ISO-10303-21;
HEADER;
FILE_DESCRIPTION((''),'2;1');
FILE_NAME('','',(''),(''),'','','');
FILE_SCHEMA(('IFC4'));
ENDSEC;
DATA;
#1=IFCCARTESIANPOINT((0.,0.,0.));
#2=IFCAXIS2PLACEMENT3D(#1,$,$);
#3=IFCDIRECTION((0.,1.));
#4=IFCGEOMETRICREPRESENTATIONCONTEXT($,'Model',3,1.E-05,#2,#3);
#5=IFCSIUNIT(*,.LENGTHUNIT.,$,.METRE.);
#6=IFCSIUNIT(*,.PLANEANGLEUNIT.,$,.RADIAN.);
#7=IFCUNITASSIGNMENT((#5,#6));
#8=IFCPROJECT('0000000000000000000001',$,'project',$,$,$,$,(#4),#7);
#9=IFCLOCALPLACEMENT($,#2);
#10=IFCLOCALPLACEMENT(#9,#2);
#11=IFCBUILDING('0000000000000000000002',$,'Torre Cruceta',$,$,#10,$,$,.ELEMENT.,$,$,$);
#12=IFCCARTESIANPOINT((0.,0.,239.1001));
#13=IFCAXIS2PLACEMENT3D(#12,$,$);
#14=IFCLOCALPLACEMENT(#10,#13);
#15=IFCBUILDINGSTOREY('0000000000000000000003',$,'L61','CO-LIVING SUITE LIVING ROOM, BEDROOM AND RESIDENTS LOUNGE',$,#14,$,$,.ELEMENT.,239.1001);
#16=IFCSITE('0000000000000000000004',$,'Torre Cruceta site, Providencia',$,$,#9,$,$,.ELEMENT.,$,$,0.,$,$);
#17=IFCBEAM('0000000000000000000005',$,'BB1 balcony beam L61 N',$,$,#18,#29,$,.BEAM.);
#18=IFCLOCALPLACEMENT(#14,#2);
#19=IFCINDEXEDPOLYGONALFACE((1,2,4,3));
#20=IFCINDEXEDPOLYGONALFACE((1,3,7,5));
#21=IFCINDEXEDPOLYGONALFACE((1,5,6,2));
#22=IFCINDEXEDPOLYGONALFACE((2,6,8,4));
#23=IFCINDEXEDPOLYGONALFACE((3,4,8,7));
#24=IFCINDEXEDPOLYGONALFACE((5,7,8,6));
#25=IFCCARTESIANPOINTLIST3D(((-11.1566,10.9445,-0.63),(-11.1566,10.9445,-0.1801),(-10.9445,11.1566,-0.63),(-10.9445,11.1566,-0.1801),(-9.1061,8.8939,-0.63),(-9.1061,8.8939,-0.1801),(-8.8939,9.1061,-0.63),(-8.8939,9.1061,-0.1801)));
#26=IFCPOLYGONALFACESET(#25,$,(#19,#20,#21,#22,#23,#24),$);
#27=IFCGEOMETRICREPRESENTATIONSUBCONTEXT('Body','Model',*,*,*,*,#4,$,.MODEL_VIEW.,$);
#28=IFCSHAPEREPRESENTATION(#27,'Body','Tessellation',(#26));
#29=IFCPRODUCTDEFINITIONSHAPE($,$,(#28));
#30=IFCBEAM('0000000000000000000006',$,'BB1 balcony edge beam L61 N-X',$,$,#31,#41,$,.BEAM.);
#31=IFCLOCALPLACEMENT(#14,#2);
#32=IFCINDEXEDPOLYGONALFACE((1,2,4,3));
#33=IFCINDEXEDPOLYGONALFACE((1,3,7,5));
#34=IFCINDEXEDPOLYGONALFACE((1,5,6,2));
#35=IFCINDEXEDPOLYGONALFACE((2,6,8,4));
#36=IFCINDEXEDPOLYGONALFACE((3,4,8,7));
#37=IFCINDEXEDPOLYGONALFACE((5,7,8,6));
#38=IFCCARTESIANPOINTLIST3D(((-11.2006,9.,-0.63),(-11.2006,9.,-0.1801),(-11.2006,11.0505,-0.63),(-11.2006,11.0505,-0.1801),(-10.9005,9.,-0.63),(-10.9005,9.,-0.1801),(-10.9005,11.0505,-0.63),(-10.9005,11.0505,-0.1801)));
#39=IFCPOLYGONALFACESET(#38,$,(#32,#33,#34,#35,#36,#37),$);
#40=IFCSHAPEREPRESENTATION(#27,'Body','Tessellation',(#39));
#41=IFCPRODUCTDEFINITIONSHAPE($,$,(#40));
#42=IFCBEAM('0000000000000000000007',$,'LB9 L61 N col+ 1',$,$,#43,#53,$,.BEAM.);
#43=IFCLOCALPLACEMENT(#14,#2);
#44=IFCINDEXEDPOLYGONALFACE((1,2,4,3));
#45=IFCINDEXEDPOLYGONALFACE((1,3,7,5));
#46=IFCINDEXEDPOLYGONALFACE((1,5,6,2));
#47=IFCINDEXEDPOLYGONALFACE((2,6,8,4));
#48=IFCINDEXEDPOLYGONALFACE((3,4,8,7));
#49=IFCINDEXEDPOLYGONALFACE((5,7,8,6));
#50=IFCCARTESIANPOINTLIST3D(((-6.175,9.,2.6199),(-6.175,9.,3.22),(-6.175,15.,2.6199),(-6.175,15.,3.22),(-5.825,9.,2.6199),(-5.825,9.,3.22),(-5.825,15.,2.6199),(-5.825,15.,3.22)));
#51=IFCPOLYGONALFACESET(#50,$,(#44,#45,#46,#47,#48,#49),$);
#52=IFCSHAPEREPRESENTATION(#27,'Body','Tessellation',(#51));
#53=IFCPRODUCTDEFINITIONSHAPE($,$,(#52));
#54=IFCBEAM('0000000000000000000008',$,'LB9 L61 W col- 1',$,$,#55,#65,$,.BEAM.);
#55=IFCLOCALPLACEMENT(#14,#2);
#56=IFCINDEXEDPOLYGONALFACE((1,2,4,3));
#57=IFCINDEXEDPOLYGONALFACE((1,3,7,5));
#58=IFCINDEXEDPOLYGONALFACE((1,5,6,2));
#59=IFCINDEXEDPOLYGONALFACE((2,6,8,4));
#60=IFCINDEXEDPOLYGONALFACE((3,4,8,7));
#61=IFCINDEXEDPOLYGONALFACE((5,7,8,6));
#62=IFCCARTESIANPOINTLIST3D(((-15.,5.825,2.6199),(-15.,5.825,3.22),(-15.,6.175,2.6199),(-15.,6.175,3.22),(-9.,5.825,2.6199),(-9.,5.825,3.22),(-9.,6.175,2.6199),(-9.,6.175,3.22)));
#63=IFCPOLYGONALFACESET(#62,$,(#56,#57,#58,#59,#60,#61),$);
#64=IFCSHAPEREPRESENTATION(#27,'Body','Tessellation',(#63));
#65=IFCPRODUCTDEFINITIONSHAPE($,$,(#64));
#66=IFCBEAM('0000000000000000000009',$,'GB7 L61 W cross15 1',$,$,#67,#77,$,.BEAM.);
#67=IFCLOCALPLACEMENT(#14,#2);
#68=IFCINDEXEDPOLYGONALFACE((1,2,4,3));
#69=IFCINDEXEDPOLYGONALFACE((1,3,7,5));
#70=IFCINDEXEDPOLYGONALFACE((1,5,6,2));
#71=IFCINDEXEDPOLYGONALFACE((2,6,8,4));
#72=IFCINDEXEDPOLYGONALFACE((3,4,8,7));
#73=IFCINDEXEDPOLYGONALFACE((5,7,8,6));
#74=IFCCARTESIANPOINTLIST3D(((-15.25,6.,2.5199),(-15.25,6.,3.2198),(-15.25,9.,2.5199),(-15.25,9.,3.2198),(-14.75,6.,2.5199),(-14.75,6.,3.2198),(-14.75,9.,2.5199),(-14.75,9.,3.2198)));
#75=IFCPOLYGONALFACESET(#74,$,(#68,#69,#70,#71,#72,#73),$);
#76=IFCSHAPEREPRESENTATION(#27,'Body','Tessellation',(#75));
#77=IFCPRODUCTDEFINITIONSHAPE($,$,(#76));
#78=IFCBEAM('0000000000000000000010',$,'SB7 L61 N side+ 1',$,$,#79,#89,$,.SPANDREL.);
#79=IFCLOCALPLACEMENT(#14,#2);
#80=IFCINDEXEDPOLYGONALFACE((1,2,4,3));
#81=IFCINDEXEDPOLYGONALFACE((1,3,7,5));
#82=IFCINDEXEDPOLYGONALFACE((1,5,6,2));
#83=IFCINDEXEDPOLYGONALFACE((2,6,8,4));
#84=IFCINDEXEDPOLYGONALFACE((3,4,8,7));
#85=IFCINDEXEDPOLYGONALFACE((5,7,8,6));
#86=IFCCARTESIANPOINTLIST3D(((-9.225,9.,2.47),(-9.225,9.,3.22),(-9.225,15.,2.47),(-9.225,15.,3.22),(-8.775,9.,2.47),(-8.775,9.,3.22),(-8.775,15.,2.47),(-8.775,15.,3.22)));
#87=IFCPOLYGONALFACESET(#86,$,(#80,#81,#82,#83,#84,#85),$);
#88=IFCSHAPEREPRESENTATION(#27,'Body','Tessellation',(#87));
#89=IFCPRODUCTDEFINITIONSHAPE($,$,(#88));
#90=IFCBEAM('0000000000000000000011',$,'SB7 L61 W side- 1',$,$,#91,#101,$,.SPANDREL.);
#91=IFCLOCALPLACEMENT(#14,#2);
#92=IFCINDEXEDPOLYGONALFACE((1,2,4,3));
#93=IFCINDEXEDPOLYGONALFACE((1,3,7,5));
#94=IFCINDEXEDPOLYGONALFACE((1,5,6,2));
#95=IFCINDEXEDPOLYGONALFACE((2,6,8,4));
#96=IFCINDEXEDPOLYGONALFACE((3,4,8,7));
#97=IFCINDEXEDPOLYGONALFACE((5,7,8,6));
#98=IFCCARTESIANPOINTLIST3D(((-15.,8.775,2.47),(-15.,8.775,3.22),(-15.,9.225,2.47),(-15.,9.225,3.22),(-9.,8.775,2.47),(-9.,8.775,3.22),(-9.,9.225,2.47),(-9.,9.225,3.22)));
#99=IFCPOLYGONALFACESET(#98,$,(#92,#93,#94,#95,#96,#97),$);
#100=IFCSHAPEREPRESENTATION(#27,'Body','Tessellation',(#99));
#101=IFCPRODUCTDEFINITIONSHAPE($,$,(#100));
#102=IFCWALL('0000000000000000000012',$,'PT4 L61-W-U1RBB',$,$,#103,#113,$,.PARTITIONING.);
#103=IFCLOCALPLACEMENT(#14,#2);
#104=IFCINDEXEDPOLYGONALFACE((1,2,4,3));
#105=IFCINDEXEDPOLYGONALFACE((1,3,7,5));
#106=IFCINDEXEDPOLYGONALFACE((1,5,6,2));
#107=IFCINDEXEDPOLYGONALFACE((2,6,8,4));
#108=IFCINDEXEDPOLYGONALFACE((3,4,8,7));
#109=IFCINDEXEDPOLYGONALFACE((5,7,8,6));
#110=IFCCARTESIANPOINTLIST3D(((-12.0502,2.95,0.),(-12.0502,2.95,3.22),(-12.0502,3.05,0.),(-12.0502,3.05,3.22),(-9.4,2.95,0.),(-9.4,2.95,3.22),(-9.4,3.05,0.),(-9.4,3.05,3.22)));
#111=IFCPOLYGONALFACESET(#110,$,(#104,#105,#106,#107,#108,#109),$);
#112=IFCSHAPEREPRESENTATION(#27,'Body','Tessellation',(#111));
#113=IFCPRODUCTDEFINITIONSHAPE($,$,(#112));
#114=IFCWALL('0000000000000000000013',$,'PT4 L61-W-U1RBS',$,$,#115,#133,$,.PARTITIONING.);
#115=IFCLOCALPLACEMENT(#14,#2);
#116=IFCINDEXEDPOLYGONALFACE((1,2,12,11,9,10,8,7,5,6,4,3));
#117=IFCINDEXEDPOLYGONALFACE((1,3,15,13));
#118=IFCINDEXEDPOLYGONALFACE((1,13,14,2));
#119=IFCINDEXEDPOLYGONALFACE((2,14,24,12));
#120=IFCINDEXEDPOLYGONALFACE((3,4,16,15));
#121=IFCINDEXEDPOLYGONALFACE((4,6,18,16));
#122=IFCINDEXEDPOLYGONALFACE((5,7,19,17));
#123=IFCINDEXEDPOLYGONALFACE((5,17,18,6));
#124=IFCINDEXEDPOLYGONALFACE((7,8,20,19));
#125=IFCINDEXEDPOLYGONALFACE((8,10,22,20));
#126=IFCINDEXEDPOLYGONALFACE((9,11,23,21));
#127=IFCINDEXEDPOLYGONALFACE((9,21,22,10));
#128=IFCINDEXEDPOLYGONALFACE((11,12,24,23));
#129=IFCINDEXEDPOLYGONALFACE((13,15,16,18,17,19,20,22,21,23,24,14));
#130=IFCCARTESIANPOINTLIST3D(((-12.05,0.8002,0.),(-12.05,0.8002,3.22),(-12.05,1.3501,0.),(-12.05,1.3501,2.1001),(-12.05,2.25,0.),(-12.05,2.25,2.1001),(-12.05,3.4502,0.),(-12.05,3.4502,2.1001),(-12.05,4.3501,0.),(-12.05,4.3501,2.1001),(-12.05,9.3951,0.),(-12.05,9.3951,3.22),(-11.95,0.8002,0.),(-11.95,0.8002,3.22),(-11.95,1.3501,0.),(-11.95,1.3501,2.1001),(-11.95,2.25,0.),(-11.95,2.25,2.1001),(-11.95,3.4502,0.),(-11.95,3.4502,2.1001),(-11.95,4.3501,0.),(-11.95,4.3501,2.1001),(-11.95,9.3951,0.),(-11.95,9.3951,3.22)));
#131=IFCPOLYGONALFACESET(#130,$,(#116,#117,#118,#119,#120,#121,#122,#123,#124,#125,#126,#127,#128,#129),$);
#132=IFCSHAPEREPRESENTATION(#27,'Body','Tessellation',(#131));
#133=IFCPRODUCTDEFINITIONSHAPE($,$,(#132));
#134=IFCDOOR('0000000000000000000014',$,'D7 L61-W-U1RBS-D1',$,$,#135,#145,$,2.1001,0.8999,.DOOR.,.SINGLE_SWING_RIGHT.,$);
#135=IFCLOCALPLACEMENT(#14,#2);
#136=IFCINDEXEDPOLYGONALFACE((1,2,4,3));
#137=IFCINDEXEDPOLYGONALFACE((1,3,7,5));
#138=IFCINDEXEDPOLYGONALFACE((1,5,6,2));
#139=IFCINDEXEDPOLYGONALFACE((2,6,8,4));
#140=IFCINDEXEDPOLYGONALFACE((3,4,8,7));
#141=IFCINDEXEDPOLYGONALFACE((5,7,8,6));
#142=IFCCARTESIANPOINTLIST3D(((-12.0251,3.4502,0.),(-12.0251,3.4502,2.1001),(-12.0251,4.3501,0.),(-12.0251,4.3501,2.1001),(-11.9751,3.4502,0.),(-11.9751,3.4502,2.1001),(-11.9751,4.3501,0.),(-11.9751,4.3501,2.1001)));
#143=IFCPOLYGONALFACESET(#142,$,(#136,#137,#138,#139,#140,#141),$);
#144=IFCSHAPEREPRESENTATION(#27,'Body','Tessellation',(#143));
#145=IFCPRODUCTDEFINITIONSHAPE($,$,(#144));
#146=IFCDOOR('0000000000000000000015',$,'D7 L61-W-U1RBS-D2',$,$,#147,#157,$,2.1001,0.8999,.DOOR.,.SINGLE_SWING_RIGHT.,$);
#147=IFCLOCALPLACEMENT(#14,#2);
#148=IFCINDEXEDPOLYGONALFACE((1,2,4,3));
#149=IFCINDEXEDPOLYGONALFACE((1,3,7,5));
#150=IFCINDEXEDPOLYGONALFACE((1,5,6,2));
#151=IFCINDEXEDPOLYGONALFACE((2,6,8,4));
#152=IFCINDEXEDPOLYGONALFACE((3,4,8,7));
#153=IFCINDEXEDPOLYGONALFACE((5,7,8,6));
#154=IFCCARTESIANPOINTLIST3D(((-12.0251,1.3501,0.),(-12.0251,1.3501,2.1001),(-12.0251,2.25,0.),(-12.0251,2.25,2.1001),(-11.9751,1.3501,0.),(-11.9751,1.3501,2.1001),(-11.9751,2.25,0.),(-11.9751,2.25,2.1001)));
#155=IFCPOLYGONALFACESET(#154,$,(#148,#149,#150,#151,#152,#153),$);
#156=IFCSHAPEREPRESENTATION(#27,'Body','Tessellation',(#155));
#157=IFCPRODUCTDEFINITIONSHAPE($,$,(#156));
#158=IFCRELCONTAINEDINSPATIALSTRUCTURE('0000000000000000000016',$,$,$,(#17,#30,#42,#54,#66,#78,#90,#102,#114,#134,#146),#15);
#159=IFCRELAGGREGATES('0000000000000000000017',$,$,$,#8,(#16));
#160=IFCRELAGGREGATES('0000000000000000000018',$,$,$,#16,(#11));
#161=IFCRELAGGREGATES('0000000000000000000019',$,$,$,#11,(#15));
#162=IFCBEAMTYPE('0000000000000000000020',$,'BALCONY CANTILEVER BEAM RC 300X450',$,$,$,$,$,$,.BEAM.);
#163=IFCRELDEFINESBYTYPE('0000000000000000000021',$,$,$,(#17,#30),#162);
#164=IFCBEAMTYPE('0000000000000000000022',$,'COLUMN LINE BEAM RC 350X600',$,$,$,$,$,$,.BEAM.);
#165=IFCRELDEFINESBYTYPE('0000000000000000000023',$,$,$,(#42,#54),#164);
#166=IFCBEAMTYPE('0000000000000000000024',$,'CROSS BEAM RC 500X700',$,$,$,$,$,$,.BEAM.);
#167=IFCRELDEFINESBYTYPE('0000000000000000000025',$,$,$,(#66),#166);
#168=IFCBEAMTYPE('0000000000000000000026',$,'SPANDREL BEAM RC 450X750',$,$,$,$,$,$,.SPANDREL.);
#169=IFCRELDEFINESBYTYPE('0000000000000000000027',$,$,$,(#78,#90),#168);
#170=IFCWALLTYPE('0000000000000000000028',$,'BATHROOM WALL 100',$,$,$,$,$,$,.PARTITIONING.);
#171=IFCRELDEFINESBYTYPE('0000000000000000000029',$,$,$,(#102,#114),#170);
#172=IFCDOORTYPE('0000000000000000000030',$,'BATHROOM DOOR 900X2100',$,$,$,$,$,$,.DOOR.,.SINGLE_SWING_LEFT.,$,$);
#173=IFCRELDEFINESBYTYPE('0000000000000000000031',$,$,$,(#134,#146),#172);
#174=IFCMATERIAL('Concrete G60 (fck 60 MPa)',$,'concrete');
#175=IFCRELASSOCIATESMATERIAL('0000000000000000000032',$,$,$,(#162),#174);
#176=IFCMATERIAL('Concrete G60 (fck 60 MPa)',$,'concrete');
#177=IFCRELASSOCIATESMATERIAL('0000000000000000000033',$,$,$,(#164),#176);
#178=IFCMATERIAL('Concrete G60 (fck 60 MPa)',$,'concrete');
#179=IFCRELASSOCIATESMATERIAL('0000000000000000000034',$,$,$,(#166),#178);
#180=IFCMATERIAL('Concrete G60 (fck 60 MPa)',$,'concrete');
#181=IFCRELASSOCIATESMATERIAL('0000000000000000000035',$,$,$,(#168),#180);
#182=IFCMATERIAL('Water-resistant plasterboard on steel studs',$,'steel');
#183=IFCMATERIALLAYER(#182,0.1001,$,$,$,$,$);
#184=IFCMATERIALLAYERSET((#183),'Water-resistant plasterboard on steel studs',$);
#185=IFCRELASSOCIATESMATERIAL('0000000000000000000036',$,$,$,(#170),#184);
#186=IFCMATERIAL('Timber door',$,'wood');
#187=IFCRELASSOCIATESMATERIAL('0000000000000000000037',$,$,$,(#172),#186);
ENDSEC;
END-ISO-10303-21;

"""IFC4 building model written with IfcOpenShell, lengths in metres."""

from ifc_helpers import new_model, si_unit, direction, frame, frame_2d, origin, origin_2d, place, context, subcontext, project, spatial, rectangle, extrude, material, layer, layer_set, material_profile, profile_set, type_object, element, fill, save


model = new_model("IFC4")

# Units and contexts
model_context = context("Model", 3, precision=1e-05, world=origin(), true_north=direction((0.0, 1.0)))
body_context = subcontext(model_context, "Body", "Model", "MODEL_VIEW")
ifc_project = project(units=[si_unit("LENGTHUNIT", "METRE"), si_unit("PLANEANGLEUNIT", "RADIAN")], contexts=[model_context])

# Site, building, storey
site_placement = place(None, origin())
site = spatial("IfcSite", under=ifc_project, at=site_placement, Name="Torre Cruceta site, Providencia", CompositionType="ELEMENT", RefElevation=0.0)
building_placement = place(site_placement, origin())
building = spatial("IfcBuilding", under=site, at=building_placement, Name="Torre Cruceta", CompositionType="ELEMENT")
storey_placement = place(building_placement, frame((0.0, 0.0, 239.1001)))
storey = spatial("IfcBuildingStorey", under=building, at=storey_placement, Name="L61", Description="CO-LIVING SUITE LIVING ROOM, BEDROOM AND RESIDENTS LOUNGE", CompositionType="ELEMENT", Elevation=239.1001)

# Beams
ifc_material_1 = material(Name="Concrete G60 (fck 60 MPa)", Category="concrete")
ifc_material_profile_1 = material_profile(ifc_material_1, rectangle(XDim=0.3, YDim=0.45, at=origin_2d()), Name="RC 300X450")
ifc_profile_set_1 = profile_set([ifc_material_profile_1], Name="Concrete G60 (fck 60 MPa)")
beam_type_1 = type_object("IfcBeamType", Name="BALCONY CANTILEVER BEAM RC 300X450", PredefinedType="BEAM", material=ifc_profile_set_1)
beam_1_placement = place(storey_placement, frame((-9.0, 9.0, -0.405), z_axis=(-0.707107, 0.707107, 0.0), x_axis=(-0.707107, -0.707107, 0.0)))
element("IfcBeam", 1, at=beam_1_placement, inside=storey, type_object=beam_type_1, Name="BB1 balcony beam L61 N", PredefinedType="BEAM", context=body_context, shape_type="SweptSolid", body=[
    extrude(rectangle(XDim=0.3, YDim=0.45, at=origin_2d()), origin(), (0.0, 0.0, 1.0), 2.8999),
])
beam_2_placement = place(storey_placement, frame((-11.0505, 9.0, -0.405), z_axis=(0.0, 1.0, 0.0), x_axis=(-1.0, 0.0, 0.0)))
element("IfcBeam", 2, at=beam_2_placement, inside=storey, type_object=beam_type_1, Name="BB1 balcony edge beam L61 N-X", PredefinedType="BEAM", context=body_context, shape_type="SweptSolid", body=[
    extrude(rectangle(XDim=0.3, YDim=0.45, at=origin_2d()), origin(), (0.0, 0.0, 1.0), 2.0505),
])
ifc_material_2 = material(Name="Concrete G60 (fck 60 MPa)", Category="concrete")
ifc_material_profile_2 = material_profile(ifc_material_2, rectangle(XDim=0.3501, YDim=0.6001, at=origin_2d()), Name="RC 350X600")
ifc_profile_set_2 = profile_set([ifc_material_profile_2], Name="Concrete G60 (fck 60 MPa)")
beam_type_2 = type_object("IfcBeamType", Name="COLUMN LINE BEAM RC 350X600", PredefinedType="BEAM", material=ifc_profile_set_2)
for number, where, z_axis, x_axis, name in (
    (3, (-6.0, 9.0, 2.9199), (0.0, 1.0, 0.0), (-1.0, 0.0, 0.0), "LB9 L61 N col+ 1"),
    (4, (-9.0, 6.0, 2.9199), (-1.0, 0.0, 0.0), (0.0, -1.0, 0.0), "LB9 L61 W col- 1"),
):
    element("IfcBeam", number, at=place(storey_placement, frame(where, z_axis=z_axis, x_axis=x_axis)), inside=storey, type_object=beam_type_2, Name=name, PredefinedType="BEAM", context=body_context, shape_type="SweptSolid", body=[
        extrude(rectangle(XDim=0.3501, YDim=0.6001, at=origin_2d()), origin(), (0.0, 0.0, 1.0), 6.0),
    ])
ifc_material_3 = material(Name="Concrete G60 (fck 60 MPa)", Category="concrete")
ifc_material_profile_3 = material_profile(ifc_material_3, rectangle(XDim=0.5, YDim=0.7, at=origin_2d()), Name="RC 500X700")
ifc_profile_set_3 = profile_set([ifc_material_profile_3], Name="Concrete G60 (fck 60 MPa)")
beam_type_3 = type_object("IfcBeamType", Name="CROSS BEAM RC 500X700", PredefinedType="BEAM", material=ifc_profile_set_3)
beam_3_placement = place(storey_placement, frame((-15.0, 9.0, 2.8699), z_axis=(0.0, -1.0, 0.0), x_axis=(1.0, 0.0, 0.0)))
element("IfcBeam", 5, at=beam_3_placement, inside=storey, type_object=beam_type_3, Name="GB7 L61 W cross15 1", PredefinedType="BEAM", context=body_context, shape_type="SweptSolid", body=[
    extrude(rectangle(XDim=0.5, YDim=0.7, at=origin_2d()), origin(), (0.0, 0.0, 1.0), 3.0),
])
ifc_material_4 = material(Name="Concrete G60 (fck 60 MPa)", Category="concrete")
ifc_material_profile_4 = material_profile(ifc_material_4, rectangle(XDim=0.45, YDim=0.75, at=origin_2d()), Name="RC 450X750")
ifc_profile_set_4 = profile_set([ifc_material_profile_4], Name="Concrete G60 (fck 60 MPa)")
beam_type_4 = type_object("IfcBeamType", Name="SPANDREL BEAM RC 450X750", PredefinedType="SPANDREL", material=ifc_profile_set_4)
for number, where, z_axis, x_axis, name in (
    (6, (-9.0, 9.0, 2.845), (0.0, 1.0, 0.0), (-1.0, 0.0, 0.0), "SB7 L61 N side+ 1"),
    (7, (-9.0, 9.0, 2.845), (-1.0, 0.0, 0.0), (0.0, -1.0, 0.0), "SB7 L61 W side- 1"),
):
    element("IfcBeam", number, at=place(storey_placement, frame(where, z_axis=z_axis, x_axis=x_axis)), inside=storey, type_object=beam_type_4, Name=name, PredefinedType="SPANDREL", context=body_context, shape_type="SweptSolid", body=[
        extrude(rectangle(XDim=0.45, YDim=0.75, at=origin_2d()), origin(), (0.0, 0.0, 1.0), 6.0),
    ])

# Wall
ifc_material_5 = material(Name="Water-resistant plasterboard on steel studs", Category="steel")
ifc_layer_1 = layer(ifc_material_5, 0.1001)
ifc_layer_set_1 = layer_set([ifc_layer_1], Name="Water-resistant plasterboard on steel studs")
wall_type_1 = type_object("IfcWallType", Name="BATHROOM WALL 100", PredefinedType="PARTITIONING", material=ifc_layer_set_1)
wall_1_placement = place(storey_placement, frame((-9.3999, 3.0, 0.0), z_axis=(0.0, 0.0, 1.0), x_axis=(-1.0, 0.0, 0.0)))
element("IfcWall", 8, at=wall_1_placement, inside=storey, type_object=wall_type_1, Name="PT4 L61-W-U1RBB", PredefinedType="PARTITIONING", context=body_context, shape_type="SweptSolid", body=[
    extrude(rectangle(XDim=2.6501, YDim=0.1001, at=frame_2d((1.3252, 0.0))), origin(), (0.0, 0.0, 1.0), 3.22),
])

# Wall, openings, doors
wall_2_placement = place(storey_placement, frame((-12.0, 9.395, 0.0), z_axis=(0.0, 0.0, 1.0), x_axis=(0.0, -1.0, 0.0)))
wall_2 = element("IfcWall", 9, at=wall_2_placement, inside=storey, type_object=wall_type_1, Name="PT4 L61-W-U1RBS", PredefinedType="PARTITIONING", context=body_context, shape_type="SweptSolid", body=[
    extrude(rectangle(XDim=8.595, YDim=0.1001, at=frame_2d((4.2974, 0.0))), origin(), (0.0, 0.0, 1.0), 3.22),
])
opening_1_placement = place(wall_2_placement, frame((5.0449, 0.0, 0.0)))
opening_1 = element("IfcOpeningElement", 10, at=opening_1_placement, cuts=wall_2, PredefinedType="OPENING", context=body_context, shape_type="SweptSolid", body=[
    extrude(rectangle(XDim=0.8999, YDim=2.1001, at=frame_2d((0.45, 1.05))), frame((0.0, 0.0601, 0.0), z_axis=(0.0, -1.0, 0.0), x_axis=(1.0, 0.0, 0.0)), (0.0, 0.0, 1.0), 0.1201),
])
opening_2_placement = place(wall_2_placement, frame((7.145, 0.0, 0.0)))
opening_2 = element("IfcOpeningElement", 11, at=opening_2_placement, cuts=wall_2, PredefinedType="OPENING", context=body_context, shape_type="SweptSolid", body=[
    extrude(rectangle(XDim=0.8999, YDim=2.1001, at=frame_2d((0.45, 1.05))), frame((0.0, 0.0601, 0.0), z_axis=(0.0, -1.0, 0.0), x_axis=(1.0, 0.0, 0.0)), (0.0, 0.0, 1.0), 0.1201),
])
ifc_material_6 = material(Name="Timber door", Category="wood")
door_type_1 = type_object("IfcDoorType", Name="BATHROOM DOOR 900X2100", OperationType="SINGLE_SWING_LEFT", PredefinedType="DOOR", material=ifc_material_6)
door_1_placement = place(opening_1_placement, origin())
door_1 = element("IfcDoor", 12, at=door_1_placement, inside=storey, type_object=door_type_1, Name="D7 L61-W-U1RBS-D1", OperationType="SINGLE_SWING_RIGHT", OverallHeight=2.1001, OverallWidth=0.8999, PredefinedType="DOOR", context=body_context, shape_type="SweptSolid", body=[
    extrude(rectangle(XDim=0.8999, YDim=2.1001, at=frame_2d((0.45, 1.05))), frame((0.0, 0.0249, 0.0), z_axis=(0.0, -1.0, 0.0), x_axis=(1.0, 0.0, 0.0)), (0.0, 0.0, 1.0), 0.05),
])
fill(opening_1, door_1)
door_2_placement = place(opening_2_placement, origin())
door_2 = element("IfcDoor", 13, at=door_2_placement, inside=storey, type_object=door_type_1, Name="D7 L61-W-U1RBS-D2", OperationType="SINGLE_SWING_RIGHT", OverallHeight=2.1001, OverallWidth=0.8999, PredefinedType="DOOR", context=body_context, shape_type="SweptSolid", body=[
    extrude(rectangle(XDim=0.8999, YDim=2.1001, at=frame_2d((0.45, 1.05))), frame((0.0, 0.0249, 0.0), z_axis=(0.0, -1.0, 0.0), x_axis=(1.0, 0.0, 0.0)), (0.0, 0.0, 1.0), 0.05),
])
fill(opening_2, door_2)

save(model, "model.ifc")
